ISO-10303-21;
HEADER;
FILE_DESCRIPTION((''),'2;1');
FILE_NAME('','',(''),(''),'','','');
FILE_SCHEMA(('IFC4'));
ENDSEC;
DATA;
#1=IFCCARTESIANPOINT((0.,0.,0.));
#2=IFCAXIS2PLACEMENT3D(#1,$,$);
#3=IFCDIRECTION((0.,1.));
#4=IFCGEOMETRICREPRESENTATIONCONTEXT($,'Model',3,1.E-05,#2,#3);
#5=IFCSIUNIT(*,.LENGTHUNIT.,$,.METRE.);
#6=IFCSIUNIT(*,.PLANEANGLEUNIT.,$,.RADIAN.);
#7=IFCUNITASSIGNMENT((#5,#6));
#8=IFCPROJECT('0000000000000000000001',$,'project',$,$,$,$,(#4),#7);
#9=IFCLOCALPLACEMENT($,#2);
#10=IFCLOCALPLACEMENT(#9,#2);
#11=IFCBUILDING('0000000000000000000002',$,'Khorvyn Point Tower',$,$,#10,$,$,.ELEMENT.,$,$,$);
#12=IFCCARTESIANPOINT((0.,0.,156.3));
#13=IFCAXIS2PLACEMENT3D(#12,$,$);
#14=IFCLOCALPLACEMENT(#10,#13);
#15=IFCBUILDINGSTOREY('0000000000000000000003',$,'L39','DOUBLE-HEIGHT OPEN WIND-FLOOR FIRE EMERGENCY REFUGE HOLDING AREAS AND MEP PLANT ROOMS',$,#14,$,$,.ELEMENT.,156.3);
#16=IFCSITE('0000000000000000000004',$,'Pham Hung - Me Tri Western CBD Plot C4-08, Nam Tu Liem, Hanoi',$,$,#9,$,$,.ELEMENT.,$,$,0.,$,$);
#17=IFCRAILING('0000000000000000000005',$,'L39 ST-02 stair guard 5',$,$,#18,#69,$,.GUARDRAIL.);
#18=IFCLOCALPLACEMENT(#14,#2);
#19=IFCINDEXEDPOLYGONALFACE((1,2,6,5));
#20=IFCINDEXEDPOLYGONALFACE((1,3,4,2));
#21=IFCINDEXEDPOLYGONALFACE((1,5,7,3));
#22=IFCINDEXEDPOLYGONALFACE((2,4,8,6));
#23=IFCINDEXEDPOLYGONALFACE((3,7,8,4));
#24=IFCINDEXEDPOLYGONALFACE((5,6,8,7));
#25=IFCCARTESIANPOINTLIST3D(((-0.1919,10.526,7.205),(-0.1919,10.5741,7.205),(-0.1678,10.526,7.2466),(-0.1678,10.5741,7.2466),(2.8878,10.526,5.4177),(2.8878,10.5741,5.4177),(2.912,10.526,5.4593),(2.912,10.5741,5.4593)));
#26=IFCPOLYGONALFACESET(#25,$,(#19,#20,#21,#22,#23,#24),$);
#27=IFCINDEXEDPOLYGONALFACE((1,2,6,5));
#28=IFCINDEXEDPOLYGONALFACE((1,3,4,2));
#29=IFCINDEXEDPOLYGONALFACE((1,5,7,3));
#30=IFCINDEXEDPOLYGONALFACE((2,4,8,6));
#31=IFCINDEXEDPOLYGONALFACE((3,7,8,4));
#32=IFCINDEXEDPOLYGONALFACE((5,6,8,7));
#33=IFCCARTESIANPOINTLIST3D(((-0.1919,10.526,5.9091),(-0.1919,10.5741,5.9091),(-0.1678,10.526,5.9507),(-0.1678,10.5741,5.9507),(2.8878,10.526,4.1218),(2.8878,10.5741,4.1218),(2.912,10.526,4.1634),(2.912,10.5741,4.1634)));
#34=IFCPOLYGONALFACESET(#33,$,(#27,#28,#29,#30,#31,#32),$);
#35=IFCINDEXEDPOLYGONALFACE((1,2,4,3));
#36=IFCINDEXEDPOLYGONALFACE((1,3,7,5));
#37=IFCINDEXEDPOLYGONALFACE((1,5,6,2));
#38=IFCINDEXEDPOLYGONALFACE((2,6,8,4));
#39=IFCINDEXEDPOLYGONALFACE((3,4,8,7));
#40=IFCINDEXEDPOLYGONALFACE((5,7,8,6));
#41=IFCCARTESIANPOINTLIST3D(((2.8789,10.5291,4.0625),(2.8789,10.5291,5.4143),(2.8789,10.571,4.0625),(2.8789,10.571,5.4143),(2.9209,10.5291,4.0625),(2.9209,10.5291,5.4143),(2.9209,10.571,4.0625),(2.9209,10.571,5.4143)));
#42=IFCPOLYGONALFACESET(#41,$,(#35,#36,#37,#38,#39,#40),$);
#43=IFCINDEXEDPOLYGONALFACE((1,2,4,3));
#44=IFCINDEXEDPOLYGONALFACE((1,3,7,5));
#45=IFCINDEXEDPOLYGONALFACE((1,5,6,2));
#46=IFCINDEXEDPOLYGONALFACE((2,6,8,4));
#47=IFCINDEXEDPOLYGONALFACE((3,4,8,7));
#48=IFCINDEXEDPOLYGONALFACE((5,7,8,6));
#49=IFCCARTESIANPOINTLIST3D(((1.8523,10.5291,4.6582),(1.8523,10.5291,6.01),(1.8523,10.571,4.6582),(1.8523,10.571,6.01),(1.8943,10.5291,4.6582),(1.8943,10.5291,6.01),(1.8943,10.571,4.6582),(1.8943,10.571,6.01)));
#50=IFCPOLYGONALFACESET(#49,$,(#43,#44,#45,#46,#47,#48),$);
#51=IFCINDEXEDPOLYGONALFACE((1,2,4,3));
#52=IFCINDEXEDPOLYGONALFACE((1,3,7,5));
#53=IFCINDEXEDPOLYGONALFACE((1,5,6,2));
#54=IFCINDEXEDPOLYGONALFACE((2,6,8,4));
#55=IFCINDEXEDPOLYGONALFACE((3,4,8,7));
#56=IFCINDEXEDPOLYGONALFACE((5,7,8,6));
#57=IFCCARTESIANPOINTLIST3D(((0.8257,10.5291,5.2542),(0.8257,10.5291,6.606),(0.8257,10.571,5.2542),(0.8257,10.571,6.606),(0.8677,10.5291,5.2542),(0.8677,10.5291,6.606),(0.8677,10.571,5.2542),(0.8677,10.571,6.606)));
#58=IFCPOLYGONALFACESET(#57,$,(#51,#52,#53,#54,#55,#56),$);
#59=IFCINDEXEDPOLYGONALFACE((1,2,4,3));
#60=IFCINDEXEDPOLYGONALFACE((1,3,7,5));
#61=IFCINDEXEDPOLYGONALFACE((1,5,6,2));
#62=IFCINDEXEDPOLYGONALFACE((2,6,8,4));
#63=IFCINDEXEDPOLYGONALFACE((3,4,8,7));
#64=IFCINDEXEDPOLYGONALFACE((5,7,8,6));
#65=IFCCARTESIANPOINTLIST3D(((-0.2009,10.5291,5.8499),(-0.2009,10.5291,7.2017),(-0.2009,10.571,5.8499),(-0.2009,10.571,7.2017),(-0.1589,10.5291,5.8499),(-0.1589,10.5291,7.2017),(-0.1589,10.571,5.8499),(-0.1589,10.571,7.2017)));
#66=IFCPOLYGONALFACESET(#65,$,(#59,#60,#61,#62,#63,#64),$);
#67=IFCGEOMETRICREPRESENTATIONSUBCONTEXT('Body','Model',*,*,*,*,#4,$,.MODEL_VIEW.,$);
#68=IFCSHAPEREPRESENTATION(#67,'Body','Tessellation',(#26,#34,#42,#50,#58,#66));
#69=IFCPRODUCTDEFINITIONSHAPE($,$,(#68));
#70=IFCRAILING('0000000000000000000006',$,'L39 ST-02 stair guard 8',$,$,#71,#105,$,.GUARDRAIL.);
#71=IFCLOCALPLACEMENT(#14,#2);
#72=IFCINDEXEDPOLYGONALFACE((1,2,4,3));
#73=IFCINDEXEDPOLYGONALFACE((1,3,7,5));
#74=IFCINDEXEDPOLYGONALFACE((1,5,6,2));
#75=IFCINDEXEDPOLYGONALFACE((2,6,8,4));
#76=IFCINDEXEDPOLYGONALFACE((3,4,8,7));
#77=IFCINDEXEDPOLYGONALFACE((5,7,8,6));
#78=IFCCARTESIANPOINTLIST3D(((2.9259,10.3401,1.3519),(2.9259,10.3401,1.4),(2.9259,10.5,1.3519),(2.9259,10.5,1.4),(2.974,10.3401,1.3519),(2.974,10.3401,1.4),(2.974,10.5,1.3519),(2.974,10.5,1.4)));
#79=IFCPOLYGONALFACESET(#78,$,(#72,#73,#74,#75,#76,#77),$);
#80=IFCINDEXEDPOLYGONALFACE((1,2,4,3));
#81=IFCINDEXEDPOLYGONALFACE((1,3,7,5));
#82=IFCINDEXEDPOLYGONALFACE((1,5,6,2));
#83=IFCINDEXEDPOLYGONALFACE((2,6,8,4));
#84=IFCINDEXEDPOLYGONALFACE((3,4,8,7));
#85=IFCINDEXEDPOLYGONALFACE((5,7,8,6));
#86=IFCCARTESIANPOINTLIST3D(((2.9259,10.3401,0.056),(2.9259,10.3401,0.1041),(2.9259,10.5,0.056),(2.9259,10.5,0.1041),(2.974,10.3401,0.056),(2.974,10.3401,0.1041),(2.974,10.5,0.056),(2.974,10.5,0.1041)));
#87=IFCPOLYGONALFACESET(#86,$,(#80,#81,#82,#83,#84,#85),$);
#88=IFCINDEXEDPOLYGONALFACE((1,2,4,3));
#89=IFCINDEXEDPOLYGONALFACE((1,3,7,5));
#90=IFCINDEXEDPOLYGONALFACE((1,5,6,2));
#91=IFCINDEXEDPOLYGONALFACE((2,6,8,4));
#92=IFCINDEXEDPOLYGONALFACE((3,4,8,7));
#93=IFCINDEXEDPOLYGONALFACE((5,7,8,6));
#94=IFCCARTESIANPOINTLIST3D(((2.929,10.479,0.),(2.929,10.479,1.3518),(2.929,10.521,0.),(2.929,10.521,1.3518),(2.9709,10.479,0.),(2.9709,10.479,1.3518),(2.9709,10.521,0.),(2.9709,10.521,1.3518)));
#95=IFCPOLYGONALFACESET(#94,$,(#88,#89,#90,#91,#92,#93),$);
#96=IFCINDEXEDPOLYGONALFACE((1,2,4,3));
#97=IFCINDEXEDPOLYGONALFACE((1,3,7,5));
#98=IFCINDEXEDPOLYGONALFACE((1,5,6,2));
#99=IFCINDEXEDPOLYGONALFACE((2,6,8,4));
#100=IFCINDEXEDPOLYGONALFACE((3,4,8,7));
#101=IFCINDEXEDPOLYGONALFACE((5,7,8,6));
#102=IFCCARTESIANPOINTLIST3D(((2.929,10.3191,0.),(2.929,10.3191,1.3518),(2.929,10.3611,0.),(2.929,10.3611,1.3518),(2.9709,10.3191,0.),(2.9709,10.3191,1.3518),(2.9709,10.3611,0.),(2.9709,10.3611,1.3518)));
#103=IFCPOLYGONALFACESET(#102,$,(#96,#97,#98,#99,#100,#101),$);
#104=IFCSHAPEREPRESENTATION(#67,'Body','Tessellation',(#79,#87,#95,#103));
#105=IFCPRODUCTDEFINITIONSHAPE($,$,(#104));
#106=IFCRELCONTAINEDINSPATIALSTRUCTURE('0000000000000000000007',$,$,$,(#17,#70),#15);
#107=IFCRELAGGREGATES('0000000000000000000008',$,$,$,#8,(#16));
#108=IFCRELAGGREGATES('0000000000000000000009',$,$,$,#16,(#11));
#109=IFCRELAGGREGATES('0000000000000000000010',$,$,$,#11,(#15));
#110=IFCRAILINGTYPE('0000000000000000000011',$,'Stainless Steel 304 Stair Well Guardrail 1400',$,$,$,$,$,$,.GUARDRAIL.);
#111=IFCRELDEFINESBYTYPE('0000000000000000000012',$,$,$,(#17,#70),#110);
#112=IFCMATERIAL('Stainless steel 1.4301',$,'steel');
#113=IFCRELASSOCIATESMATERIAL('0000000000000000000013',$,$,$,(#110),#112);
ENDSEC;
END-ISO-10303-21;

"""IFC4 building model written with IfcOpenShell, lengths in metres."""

from ifc_helpers import new_model, si_unit, direction, frame, origin, origin_2d, place, context, subcontext, project, spatial, rectangle, extrude, material, type_object, element, save


model = new_model("IFC4")

# Units and contexts
model_context = context("Model", 3, precision=1e-05, world=origin(), true_north=direction((0.0, 1.0)))
body_context = subcontext(model_context, "Body", "Model", "MODEL_VIEW")
ifc_project = project(units=[si_unit("LENGTHUNIT", "METRE"), si_unit("PLANEANGLEUNIT", "RADIAN")], contexts=[model_context])

# Site, building, storey
site_placement = place(None, origin())
site = spatial("IfcSite", under=ifc_project, at=site_placement, Name="Pham Hung - Me Tri Western CBD Plot C4-08, Nam Tu Liem, Hanoi", CompositionType="ELEMENT", RefElevation=0.0)
building_placement = place(site_placement, origin())
building = spatial("IfcBuilding", under=site, at=building_placement, Name="Khorvyn Point Tower", CompositionType="ELEMENT")
storey_placement = place(building_placement, frame((0.0, 0.0, 156.3)))
storey = spatial("IfcBuildingStorey", under=building, at=storey_placement, Name="L39", Description="DOUBLE-HEIGHT OPEN WIND-FLOOR FIRE EMERGENCY REFUGE HOLDING AREAS AND MEP PLANT ROOMS", CompositionType="ELEMENT", Elevation=156.3)

# Railings
ifc_material_1 = material(Name="Stainless steel 1.4301", Category="steel")
railing_type_1 = type_object("IfcRailingType", Name="Stainless Steel 304 Stair Well Guardrail 1400", PredefinedType="GUARDRAIL", material=ifc_material_1)
railing_1_placement = place(storey_placement, frame((2.8999, 10.55, 4.0625)))
element("IfcRailing", 1, at=railing_1_placement, inside=storey, type_object=railing_type_1, Name="L39 ST-02 stair guard 5", PredefinedType="GUARDRAIL", context=body_context, shape_type="SweptSolid", body=[
    extrude(rectangle(XDim=0.0481, YDim=0.0481, at=origin_2d()), frame((0.0, 0.0, 1.376), z_axis=(-0.864903, 0.0, 0.501939), x_axis=(0.0, -1.0, 0.0)), (0.0, 0.0, 1.0), 3.5608),
    extrude(rectangle(XDim=0.0481, YDim=0.0481, at=origin_2d()), frame((0.0, 0.0, 0.0801), z_axis=(-0.864903, 0.0, 0.501939), x_axis=(0.0, -1.0, 0.0)), (0.0, 0.0, 1.0), 3.5608),
    extrude(rectangle(XDim=0.042, YDim=0.042, at=origin_2d()), origin(), (0.0, 0.0, 1.0), 1.3518),
    extrude(rectangle(XDim=0.042, YDim=0.042, at=origin_2d()), frame((-1.0266, 0.0, 0.5957)), (0.0, 0.0, 1.0), 1.3518),
    extrude(rectangle(XDim=0.042, YDim=0.042, at=origin_2d()), frame((-2.0532, 0.0, 1.1917)), (0.0, 0.0, 1.0), 1.3518),
    extrude(rectangle(XDim=0.042, YDim=0.042, at=origin_2d()), frame((-3.0798, 0.0, 1.7874)), (0.0, 0.0, 1.0), 1.3518),
])
railing_2_placement = place(storey_placement, frame((2.95, 10.5, 0.0)))
element("IfcRailing", 2, at=railing_2_placement, inside=storey, type_object=railing_type_1, Name="L39 ST-02 stair guard 8", PredefinedType="GUARDRAIL", context=body_context, shape_type="SweptSolid", body=[
    extrude(rectangle(XDim=0.0481, YDim=0.0481, at=origin_2d()), frame((0.0, 0.0, 1.376), z_axis=(0.0, -1.0, 0.0), x_axis=(1.0, 0.0, 0.0)), (0.0, 0.0, 1.0), 0.1599),
    extrude(rectangle(XDim=0.0481, YDim=0.0481, at=origin_2d()), frame((0.0, 0.0, 0.0801), z_axis=(0.0, -1.0, 0.0), x_axis=(1.0, 0.0, 0.0)), (0.0, 0.0, 1.0), 0.1599),
    extrude(rectangle(XDim=0.042, YDim=0.042, at=origin_2d()), origin(), (0.0, 0.0, 1.0), 1.3518),
    extrude(rectangle(XDim=0.042, YDim=0.042, at=origin_2d()), frame((0.0, -0.1599, 0.0)), (0.0, 0.0, 1.0), 1.3518),
])

save(model, "model.ifc")
